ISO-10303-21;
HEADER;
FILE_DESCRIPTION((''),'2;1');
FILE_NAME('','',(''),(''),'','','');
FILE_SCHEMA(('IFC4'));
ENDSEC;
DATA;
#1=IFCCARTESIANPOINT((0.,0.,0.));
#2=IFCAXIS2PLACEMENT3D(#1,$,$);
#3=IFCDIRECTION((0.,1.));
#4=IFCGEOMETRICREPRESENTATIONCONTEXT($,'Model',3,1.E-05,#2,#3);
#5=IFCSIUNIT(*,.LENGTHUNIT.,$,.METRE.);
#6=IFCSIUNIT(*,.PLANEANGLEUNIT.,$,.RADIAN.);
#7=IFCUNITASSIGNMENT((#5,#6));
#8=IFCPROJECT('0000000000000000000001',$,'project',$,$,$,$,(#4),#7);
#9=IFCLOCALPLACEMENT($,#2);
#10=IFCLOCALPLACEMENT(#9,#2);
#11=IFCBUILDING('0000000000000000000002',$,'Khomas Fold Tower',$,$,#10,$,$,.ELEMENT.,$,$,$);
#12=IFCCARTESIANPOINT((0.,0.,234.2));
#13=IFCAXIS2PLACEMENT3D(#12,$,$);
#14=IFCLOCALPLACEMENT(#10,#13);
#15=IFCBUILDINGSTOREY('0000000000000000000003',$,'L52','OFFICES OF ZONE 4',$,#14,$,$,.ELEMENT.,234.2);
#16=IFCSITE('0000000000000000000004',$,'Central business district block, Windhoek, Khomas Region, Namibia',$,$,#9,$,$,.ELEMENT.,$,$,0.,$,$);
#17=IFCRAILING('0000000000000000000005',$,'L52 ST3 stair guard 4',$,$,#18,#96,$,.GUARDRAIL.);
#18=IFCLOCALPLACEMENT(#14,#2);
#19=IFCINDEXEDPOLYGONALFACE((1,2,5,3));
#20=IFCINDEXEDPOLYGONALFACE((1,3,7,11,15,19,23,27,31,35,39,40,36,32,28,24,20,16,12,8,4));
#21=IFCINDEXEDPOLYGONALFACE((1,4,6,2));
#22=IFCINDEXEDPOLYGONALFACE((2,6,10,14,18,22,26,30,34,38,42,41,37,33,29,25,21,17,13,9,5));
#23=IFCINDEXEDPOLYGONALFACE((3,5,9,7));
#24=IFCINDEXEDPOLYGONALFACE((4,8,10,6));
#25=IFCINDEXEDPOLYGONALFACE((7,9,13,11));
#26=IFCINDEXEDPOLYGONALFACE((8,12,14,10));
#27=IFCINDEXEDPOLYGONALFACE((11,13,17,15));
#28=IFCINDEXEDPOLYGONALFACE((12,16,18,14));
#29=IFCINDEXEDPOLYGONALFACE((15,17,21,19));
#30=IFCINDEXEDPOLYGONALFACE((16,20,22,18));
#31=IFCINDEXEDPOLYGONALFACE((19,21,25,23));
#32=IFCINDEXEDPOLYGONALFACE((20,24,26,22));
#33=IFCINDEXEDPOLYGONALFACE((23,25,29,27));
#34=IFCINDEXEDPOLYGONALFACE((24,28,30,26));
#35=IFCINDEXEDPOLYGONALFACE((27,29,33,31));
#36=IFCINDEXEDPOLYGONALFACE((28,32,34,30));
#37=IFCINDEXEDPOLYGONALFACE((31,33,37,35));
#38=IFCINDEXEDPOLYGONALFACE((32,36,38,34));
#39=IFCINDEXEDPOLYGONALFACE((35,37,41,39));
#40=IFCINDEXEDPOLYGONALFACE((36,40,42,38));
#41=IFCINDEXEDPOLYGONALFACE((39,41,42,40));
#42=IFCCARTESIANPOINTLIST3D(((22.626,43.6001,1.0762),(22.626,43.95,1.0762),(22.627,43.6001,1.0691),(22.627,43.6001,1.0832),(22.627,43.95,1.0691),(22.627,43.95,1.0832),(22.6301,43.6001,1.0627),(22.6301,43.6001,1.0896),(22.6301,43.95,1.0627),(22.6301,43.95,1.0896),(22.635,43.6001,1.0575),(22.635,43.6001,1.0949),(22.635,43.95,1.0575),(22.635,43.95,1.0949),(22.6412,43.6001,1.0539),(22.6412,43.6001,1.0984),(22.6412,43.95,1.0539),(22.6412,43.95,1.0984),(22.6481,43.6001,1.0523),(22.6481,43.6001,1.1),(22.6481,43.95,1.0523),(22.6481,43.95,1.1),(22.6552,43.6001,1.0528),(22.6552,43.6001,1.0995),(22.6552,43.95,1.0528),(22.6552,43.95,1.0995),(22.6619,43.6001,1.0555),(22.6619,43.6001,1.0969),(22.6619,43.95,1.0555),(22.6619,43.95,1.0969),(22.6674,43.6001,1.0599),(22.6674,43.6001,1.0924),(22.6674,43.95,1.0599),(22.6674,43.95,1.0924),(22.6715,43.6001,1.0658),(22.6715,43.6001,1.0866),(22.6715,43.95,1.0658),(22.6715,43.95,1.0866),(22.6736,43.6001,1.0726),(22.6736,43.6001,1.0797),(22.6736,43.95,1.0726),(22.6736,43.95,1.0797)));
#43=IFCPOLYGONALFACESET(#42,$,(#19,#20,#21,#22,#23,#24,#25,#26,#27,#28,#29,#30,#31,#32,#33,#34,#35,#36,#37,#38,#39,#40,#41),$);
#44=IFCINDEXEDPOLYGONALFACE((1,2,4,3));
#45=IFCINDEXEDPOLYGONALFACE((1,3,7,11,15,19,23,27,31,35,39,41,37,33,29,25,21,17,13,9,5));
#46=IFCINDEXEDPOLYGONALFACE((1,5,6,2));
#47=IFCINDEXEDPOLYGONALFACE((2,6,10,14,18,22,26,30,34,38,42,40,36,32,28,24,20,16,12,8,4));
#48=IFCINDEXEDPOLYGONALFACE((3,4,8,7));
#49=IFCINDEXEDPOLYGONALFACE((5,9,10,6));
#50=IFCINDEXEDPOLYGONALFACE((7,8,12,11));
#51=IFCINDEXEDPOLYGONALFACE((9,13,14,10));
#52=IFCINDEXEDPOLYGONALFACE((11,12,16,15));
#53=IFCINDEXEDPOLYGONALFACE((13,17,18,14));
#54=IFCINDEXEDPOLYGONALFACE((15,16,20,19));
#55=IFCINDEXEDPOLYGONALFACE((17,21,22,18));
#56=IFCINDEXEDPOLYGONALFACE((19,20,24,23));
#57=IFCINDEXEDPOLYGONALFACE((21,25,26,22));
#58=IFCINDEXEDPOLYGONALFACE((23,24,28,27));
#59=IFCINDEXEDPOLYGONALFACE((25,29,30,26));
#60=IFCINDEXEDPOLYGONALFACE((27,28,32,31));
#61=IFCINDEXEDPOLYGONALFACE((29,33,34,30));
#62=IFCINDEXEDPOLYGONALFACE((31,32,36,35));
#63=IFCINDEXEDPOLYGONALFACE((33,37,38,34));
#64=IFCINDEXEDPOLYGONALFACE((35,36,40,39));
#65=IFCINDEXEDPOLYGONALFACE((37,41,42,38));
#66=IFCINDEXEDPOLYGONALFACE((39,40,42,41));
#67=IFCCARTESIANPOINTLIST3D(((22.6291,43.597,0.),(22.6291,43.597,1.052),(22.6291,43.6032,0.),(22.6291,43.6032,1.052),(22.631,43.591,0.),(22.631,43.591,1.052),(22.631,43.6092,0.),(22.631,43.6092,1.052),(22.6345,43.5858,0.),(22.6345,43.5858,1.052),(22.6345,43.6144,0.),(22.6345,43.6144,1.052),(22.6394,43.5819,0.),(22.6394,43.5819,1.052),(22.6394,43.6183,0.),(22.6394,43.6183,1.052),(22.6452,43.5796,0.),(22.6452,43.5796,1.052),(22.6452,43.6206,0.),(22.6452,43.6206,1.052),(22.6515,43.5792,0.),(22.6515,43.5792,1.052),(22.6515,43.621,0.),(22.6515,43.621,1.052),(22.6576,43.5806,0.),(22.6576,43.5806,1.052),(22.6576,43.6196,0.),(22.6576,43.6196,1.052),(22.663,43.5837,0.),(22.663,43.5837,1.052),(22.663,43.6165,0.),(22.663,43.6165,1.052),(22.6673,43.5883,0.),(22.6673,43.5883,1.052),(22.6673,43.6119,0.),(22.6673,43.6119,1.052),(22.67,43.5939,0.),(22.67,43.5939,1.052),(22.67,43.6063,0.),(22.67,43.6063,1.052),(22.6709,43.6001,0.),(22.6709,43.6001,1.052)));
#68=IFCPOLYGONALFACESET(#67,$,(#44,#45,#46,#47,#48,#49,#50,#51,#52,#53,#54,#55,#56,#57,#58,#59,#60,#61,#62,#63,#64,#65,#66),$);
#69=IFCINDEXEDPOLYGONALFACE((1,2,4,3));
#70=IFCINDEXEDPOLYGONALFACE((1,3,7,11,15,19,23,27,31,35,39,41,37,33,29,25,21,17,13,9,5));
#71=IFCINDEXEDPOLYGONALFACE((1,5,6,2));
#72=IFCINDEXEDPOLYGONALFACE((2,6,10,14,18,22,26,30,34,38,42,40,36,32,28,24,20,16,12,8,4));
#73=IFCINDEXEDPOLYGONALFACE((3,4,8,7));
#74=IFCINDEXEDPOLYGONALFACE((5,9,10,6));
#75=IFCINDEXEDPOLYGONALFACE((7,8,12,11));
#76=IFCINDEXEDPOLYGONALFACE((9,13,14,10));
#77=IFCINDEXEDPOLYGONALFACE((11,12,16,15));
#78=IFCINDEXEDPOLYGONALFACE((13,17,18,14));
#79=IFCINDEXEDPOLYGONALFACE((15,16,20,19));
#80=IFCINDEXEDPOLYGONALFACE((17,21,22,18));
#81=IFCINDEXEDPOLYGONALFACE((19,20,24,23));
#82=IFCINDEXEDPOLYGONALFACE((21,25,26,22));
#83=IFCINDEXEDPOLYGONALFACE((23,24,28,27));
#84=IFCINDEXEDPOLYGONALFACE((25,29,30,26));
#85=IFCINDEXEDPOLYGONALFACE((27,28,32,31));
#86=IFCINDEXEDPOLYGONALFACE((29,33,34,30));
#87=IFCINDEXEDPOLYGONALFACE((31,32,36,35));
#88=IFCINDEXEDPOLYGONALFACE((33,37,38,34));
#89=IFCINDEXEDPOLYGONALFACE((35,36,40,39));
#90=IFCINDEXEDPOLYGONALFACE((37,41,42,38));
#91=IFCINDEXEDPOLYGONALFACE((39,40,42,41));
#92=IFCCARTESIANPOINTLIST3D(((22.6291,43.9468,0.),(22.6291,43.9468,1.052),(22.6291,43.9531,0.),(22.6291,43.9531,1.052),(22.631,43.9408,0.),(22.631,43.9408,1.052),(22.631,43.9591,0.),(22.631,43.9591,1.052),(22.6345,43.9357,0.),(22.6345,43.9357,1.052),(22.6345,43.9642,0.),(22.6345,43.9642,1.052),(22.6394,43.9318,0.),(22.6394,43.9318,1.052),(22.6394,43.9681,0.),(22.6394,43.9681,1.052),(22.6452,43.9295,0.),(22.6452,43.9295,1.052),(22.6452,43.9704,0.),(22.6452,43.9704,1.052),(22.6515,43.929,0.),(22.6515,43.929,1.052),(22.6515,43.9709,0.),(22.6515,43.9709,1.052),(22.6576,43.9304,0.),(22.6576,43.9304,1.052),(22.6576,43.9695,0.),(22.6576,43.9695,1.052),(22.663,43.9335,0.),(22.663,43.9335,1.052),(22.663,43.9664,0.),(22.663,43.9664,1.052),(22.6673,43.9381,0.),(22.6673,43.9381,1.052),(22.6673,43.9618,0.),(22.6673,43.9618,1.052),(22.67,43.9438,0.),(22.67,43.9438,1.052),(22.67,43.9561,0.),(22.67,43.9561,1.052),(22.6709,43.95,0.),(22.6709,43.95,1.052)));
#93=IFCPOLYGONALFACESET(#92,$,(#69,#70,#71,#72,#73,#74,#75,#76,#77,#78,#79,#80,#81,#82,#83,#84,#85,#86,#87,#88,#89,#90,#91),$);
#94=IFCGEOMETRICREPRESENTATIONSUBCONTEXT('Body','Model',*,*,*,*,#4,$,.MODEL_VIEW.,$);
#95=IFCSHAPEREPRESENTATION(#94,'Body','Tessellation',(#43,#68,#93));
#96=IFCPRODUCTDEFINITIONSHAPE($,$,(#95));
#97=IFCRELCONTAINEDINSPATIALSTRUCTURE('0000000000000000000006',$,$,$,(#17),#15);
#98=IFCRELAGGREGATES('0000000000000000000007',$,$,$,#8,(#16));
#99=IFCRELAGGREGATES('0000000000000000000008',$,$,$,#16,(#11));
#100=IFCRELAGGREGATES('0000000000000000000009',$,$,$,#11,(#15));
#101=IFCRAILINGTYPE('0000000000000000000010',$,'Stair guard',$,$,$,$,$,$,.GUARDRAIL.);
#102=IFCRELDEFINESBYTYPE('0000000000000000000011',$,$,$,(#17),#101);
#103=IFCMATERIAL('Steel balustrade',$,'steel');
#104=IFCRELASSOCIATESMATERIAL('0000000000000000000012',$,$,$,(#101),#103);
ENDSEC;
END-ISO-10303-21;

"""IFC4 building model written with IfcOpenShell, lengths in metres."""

from ifc_helpers import new_model, si_unit, direction, frame, origin, origin_2d, place, context, subcontext, project, spatial, circle, extrude, source, transform, mapped, material, type_object, element, save


model = new_model("IFC4")

# Units and contexts
model_context = context("Model", 3, precision=1e-05, world=origin(), true_north=direction((0.0, 1.0)))
body_context = subcontext(model_context, "Body", "Model", "MODEL_VIEW")
ifc_project = project(units=[si_unit("LENGTHUNIT", "METRE"), si_unit("PLANEANGLEUNIT", "RADIAN")], contexts=[model_context])

# Site, building, storey
site_placement = place(None, origin())
site = spatial("IfcSite", under=ifc_project, at=site_placement, Name="Central business district block, Windhoek, Khomas Region, Namibia", CompositionType="ELEMENT", RefElevation=0.0)
building_placement = place(site_placement, origin())
building = spatial("IfcBuilding", under=site, at=building_placement, Name="Khomas Fold Tower", CompositionType="ELEMENT")
storey_placement = place(building_placement, frame((0.0, 0.0, 234.2)))
storey = spatial("IfcBuildingStorey", under=building, at=storey_placement, Name="L52", Description="OFFICES OF ZONE 4", CompositionType="ELEMENT", Elevation=234.2)

# Railing
ifc_material_1 = material(Name="Steel balustrade", Category="steel")
railing_type_1 = type_object("IfcRailingType", Name="Stair guard", PredefinedType="GUARDRAIL", material=ifc_material_1)
shared_shape_1 = source(origin(), body_context, "Body", "SweptSolid", [
    extrude(circle(Radius=0.0239, at=origin_2d()), frame((0.0, 0.0, 1.0762), z_axis=(0.0, 1.0, 0.0), x_axis=(-1.0, 0.0, 0.0)), (0.0, 0.0, 1.0), 0.3499),
    extrude(circle(Radius=0.021, at=origin_2d()), origin(), (0.0, 0.0, 1.0), 1.052),
    extrude(circle(Radius=0.021, at=origin_2d()), frame((0.0, 0.3499, 0.0)), (0.0, 0.0, 1.0), 1.052),
])
for number, where, name in (
    (1, (22.6499, 43.6001, 0.0), "L52 ST3 stair guard 4"),
):
    element("IfcRailing", number, at=place(storey_placement, frame(where)), inside=storey, type_object=railing_type_1, Name=name, PredefinedType="GUARDRAIL", context=body_context, shape_type="MappedRepresentation", body=[
        mapped(shared_shape_1, transform((0.0, 0.0, 0.0))),
    ])

save(model, "model.ifc")
